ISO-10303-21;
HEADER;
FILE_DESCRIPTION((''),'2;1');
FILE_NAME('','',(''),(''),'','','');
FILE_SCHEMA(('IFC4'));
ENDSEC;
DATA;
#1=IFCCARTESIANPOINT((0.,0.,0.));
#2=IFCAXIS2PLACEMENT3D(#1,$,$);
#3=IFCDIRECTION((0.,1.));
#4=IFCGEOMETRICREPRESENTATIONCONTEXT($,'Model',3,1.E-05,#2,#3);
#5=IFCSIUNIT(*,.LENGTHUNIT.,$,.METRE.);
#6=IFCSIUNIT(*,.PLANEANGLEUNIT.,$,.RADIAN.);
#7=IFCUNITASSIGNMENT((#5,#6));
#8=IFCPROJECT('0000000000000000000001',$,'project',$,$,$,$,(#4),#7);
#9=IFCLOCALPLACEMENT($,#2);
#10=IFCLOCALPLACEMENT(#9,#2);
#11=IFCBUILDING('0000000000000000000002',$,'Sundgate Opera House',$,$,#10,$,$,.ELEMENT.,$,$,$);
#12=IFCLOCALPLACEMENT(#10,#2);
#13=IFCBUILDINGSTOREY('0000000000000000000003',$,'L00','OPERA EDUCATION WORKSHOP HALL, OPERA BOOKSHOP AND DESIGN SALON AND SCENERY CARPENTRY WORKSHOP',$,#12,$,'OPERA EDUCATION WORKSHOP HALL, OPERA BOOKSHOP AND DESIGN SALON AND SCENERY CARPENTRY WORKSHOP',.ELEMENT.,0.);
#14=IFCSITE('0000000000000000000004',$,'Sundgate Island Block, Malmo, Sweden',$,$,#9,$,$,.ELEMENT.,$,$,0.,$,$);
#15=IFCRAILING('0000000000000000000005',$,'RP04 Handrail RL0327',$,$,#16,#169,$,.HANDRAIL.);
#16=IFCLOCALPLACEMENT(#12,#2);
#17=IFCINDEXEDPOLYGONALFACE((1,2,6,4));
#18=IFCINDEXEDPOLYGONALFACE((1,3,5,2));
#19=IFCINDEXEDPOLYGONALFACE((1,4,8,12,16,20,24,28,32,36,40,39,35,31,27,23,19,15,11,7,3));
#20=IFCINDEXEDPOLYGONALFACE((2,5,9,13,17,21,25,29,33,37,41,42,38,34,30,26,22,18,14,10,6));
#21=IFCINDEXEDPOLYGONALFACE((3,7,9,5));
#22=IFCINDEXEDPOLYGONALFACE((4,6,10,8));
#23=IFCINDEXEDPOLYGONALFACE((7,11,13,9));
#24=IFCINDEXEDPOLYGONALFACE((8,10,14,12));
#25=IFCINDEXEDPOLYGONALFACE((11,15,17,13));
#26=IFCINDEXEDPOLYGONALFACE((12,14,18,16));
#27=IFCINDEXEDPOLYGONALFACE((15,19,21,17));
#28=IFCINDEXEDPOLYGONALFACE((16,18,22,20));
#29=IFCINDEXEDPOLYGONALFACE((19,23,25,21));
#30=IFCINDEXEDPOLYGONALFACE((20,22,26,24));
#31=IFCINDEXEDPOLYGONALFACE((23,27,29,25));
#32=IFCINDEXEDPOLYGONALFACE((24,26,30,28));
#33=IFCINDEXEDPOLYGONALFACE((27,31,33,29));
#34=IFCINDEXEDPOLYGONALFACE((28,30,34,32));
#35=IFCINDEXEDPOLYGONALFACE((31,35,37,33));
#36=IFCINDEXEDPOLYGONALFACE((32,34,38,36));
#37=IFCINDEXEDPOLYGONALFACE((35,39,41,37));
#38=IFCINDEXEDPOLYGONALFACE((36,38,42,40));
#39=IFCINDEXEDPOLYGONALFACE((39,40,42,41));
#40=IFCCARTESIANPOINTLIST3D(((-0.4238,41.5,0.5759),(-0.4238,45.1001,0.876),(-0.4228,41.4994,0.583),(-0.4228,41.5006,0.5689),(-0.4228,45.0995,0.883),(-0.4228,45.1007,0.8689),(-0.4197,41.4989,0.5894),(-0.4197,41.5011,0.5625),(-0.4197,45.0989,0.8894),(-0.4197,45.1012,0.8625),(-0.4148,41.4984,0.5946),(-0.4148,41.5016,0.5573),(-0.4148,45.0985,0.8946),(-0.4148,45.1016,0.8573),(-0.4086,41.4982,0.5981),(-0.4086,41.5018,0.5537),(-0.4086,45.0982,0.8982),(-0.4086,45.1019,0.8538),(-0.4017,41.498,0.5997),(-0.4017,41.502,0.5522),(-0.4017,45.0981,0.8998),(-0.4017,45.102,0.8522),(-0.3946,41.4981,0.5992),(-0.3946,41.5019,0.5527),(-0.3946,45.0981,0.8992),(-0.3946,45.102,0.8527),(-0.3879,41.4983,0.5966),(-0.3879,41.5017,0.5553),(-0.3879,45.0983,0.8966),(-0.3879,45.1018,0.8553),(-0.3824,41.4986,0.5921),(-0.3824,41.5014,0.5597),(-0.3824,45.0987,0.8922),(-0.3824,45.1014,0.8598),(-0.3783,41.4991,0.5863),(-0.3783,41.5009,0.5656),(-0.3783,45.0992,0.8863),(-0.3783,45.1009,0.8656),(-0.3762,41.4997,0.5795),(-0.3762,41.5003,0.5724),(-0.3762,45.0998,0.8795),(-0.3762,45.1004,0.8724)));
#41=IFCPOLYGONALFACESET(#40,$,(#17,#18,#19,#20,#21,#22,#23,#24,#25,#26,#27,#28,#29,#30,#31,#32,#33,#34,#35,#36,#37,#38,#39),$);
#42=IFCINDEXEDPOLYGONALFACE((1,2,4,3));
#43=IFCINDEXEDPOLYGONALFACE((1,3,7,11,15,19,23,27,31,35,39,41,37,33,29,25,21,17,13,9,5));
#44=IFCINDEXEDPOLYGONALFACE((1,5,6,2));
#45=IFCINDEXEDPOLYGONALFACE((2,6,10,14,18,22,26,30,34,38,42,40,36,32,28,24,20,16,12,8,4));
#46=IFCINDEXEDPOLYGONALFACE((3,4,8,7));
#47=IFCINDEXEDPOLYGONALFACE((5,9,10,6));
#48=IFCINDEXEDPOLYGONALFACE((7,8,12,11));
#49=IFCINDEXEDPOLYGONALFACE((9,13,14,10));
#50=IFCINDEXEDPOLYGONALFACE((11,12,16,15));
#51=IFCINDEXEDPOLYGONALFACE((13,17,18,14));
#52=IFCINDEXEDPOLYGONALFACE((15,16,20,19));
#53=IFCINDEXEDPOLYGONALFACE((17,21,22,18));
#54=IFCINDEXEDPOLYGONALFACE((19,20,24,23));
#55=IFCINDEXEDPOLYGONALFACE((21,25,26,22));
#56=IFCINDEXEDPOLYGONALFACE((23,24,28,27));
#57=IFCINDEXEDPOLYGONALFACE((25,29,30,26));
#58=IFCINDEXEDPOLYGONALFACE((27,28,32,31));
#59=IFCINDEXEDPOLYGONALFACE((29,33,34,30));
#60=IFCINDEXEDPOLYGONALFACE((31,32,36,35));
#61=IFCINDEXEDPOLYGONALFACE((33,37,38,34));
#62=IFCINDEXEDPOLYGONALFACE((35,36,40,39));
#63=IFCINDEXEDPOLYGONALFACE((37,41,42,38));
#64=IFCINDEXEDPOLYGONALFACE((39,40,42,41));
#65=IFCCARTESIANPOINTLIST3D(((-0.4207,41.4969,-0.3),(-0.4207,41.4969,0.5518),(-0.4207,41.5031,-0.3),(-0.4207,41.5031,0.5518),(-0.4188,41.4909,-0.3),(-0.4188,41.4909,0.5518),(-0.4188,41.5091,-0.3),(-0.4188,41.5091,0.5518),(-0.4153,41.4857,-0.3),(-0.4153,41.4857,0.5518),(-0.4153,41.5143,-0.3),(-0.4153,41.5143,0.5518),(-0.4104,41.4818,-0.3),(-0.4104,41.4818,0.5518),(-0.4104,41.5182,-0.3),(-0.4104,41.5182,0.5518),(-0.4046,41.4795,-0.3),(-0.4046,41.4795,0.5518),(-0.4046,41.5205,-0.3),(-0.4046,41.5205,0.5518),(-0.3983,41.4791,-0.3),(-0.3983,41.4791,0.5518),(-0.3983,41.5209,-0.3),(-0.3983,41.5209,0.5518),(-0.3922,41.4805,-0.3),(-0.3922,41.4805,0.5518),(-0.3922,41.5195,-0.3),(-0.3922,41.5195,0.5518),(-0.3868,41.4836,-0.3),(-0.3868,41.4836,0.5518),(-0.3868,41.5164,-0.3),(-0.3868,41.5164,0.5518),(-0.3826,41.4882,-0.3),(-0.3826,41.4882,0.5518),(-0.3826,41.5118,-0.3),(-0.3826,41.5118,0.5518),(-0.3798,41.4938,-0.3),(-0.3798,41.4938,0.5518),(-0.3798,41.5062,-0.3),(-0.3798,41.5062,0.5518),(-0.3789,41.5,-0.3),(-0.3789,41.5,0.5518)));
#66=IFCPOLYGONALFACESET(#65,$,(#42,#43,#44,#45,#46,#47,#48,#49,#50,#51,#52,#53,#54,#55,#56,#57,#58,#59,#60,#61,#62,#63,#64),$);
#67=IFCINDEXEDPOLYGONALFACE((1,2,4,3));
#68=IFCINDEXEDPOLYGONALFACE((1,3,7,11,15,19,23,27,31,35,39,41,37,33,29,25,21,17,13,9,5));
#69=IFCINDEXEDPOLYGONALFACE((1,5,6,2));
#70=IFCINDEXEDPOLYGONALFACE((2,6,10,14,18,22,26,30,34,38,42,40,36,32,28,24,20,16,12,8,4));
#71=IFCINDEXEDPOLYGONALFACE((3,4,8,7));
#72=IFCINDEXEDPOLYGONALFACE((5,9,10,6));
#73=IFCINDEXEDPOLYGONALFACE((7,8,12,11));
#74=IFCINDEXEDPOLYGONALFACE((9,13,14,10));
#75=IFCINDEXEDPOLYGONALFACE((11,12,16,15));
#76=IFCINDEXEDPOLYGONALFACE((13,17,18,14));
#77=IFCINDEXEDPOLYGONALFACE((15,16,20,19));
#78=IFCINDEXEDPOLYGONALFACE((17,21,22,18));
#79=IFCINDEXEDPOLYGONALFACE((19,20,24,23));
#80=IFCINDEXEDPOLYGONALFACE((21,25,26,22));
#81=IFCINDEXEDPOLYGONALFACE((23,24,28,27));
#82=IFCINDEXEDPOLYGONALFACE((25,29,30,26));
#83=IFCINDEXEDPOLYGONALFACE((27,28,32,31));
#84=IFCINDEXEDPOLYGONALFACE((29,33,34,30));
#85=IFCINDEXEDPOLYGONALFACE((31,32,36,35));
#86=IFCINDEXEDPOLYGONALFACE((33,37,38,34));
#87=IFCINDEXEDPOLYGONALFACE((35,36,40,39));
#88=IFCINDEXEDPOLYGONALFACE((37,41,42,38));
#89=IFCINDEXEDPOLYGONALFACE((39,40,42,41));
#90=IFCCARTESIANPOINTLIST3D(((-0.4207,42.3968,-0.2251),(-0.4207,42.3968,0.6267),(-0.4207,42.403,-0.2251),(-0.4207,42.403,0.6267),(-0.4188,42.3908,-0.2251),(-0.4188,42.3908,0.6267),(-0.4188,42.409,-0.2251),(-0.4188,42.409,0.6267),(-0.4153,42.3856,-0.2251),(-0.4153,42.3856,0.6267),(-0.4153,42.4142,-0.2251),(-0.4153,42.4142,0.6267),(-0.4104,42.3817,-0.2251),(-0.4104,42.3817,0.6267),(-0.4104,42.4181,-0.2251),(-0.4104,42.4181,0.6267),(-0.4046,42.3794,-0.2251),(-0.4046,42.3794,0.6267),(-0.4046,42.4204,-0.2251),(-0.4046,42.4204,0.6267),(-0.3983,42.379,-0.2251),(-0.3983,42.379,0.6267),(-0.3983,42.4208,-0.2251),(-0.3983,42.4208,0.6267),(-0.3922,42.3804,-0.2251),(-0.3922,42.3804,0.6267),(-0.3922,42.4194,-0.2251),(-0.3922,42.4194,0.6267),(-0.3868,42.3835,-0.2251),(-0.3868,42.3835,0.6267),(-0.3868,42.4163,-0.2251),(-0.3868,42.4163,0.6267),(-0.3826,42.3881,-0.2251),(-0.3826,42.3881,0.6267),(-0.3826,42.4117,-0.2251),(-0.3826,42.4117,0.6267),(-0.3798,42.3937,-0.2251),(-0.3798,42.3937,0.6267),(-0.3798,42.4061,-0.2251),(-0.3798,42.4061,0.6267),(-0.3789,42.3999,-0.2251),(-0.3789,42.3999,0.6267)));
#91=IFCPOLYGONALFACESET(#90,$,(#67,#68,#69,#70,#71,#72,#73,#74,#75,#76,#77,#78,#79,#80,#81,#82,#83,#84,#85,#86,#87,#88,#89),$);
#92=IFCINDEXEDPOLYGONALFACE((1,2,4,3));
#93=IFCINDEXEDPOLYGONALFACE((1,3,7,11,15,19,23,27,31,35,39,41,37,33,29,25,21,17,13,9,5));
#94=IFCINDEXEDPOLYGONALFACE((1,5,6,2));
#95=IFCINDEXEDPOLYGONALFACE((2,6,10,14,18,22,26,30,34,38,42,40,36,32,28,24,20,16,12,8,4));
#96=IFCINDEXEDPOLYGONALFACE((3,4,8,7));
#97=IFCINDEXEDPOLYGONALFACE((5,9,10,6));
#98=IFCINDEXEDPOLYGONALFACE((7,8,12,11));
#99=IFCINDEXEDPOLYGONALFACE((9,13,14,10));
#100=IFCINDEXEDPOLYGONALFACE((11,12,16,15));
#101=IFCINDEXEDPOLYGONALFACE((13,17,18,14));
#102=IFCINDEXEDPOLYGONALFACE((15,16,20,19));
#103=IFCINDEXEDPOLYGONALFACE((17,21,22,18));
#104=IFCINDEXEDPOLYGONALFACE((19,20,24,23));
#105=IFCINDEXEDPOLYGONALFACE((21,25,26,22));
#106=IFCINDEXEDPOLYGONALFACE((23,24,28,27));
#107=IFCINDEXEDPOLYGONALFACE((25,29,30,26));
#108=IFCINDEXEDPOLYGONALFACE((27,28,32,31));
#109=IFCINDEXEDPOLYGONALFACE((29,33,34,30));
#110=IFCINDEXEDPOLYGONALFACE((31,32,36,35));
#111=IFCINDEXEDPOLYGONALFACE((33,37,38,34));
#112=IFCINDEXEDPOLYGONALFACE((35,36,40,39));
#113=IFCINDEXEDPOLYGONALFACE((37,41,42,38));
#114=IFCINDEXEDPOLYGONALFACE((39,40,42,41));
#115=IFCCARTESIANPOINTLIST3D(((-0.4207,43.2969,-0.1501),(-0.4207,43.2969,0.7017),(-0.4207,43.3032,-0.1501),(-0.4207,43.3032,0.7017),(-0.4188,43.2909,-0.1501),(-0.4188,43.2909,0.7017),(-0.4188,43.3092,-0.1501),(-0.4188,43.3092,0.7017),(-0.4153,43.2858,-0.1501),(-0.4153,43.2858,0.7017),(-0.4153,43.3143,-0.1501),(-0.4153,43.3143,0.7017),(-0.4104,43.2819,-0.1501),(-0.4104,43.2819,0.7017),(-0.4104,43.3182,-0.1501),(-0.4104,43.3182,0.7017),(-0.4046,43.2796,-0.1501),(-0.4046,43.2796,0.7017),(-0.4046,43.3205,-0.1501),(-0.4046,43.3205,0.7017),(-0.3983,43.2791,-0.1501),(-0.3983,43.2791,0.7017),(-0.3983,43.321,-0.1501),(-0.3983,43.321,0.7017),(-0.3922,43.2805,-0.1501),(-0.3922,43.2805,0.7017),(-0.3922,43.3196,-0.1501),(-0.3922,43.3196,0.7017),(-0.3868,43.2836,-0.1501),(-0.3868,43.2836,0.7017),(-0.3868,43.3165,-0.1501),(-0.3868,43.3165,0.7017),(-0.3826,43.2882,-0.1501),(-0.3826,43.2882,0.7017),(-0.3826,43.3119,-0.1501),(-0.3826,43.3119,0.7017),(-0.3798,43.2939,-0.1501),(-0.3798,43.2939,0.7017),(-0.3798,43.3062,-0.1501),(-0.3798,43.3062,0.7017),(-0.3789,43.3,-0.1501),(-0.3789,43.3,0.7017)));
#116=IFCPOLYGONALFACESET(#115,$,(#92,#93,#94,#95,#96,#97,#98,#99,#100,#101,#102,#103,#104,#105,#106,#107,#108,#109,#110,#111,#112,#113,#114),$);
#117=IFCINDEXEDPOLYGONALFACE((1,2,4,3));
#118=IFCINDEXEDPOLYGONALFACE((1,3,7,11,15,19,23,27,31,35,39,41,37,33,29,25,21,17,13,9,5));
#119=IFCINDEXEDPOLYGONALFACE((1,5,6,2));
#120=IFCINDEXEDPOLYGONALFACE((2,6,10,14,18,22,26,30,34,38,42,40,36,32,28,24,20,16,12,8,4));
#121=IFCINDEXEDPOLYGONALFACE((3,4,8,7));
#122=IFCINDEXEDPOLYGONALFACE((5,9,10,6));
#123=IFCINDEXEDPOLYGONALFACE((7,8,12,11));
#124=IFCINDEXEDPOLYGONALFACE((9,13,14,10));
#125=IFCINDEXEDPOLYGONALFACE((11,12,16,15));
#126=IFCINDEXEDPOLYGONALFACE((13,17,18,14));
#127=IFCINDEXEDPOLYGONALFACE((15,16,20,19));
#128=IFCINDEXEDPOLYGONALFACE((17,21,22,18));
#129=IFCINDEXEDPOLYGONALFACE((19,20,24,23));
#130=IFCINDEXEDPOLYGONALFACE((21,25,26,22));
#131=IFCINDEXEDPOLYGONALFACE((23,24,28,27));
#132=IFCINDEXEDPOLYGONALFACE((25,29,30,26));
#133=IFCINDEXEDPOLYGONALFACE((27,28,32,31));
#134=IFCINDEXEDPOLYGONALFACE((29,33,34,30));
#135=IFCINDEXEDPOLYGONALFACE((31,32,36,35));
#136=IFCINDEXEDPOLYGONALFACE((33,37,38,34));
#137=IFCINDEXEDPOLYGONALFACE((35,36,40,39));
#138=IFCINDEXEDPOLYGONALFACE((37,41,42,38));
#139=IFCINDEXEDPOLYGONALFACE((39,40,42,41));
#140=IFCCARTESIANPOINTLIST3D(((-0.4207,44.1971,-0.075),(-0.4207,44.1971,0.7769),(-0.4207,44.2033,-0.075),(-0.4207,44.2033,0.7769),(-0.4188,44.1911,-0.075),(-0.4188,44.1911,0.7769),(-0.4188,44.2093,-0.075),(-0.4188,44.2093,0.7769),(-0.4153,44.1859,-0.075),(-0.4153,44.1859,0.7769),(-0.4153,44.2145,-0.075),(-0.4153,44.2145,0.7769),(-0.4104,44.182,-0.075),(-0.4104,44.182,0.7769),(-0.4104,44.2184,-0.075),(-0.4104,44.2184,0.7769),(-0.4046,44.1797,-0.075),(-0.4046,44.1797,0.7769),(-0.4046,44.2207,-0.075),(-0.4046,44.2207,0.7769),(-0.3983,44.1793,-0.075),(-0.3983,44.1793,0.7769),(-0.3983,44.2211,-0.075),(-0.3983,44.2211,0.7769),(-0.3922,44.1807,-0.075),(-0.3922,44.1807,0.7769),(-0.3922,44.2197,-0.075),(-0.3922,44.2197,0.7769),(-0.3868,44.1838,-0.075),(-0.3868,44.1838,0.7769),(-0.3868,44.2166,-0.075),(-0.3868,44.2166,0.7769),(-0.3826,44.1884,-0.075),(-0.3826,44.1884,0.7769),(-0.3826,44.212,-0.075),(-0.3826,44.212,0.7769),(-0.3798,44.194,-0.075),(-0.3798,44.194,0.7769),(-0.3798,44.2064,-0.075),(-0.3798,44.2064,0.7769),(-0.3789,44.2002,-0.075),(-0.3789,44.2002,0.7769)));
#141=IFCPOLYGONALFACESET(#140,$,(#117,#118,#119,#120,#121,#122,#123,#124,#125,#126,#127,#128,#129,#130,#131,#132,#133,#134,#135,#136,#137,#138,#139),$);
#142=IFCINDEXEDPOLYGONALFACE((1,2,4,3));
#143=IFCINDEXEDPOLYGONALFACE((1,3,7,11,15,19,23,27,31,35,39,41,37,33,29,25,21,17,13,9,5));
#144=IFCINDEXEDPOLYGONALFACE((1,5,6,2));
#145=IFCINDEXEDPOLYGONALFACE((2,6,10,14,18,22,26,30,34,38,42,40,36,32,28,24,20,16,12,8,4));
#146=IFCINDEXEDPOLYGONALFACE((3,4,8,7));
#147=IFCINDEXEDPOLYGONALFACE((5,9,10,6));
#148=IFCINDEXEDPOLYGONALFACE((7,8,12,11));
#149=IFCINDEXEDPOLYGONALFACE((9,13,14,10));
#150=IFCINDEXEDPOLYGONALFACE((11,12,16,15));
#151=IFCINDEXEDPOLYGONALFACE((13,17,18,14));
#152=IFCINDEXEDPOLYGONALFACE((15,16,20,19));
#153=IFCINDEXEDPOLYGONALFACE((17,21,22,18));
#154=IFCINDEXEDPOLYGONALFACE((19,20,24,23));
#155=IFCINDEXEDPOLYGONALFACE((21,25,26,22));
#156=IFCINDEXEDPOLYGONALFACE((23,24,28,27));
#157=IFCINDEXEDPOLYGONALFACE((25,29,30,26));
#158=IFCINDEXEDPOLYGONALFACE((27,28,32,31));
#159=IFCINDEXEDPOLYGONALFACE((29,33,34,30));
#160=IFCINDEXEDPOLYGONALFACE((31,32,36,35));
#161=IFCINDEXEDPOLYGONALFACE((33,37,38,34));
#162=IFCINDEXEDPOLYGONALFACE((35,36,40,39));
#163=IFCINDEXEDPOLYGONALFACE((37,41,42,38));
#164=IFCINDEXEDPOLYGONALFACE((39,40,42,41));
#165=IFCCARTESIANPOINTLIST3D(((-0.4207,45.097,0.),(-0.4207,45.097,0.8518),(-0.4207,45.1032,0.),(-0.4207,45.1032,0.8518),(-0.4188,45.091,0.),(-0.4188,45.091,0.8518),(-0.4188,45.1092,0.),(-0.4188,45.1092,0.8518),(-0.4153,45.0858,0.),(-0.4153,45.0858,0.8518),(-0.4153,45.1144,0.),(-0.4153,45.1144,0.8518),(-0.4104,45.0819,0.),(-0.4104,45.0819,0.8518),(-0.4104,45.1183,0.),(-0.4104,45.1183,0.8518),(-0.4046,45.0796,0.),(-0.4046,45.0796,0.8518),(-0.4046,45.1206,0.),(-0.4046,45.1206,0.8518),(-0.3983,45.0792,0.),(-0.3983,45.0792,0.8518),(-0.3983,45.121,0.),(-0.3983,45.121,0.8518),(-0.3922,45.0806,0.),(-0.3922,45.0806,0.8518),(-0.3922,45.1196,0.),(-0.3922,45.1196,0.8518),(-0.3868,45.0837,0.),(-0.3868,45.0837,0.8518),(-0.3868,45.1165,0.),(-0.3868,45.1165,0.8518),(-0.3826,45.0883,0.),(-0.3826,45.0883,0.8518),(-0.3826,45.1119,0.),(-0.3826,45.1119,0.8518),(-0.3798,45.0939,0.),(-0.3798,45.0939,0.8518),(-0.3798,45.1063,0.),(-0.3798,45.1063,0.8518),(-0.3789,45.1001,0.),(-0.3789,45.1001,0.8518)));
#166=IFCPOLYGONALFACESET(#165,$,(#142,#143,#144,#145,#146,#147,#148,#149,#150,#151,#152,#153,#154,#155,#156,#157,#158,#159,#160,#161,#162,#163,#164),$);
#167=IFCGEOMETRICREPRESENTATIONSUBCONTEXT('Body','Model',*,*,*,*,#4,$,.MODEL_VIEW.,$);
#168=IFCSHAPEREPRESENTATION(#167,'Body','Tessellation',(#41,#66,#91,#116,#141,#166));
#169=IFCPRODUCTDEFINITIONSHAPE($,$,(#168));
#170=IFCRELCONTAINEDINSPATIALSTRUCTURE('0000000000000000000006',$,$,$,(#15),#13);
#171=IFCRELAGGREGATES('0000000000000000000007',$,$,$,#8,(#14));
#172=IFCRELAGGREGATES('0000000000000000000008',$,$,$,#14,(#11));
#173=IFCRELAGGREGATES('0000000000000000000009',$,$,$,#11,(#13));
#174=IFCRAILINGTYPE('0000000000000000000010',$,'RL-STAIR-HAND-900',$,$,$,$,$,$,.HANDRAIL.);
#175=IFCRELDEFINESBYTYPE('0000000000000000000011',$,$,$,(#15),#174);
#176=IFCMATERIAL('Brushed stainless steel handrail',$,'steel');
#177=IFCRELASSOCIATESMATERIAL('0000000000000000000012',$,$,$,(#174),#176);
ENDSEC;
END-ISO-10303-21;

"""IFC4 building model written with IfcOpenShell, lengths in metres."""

from ifc_helpers import new_model, si_unit, direction, frame, origin, origin_2d, place, context, subcontext, project, spatial, circle, extrude, material, type_object, element, save


model = new_model("IFC4")

# Units and contexts
model_context = context("Model", 3, precision=1e-05, world=origin(), true_north=direction((0.0, 1.0)))
body_context = subcontext(model_context, "Body", "Model", "MODEL_VIEW")
ifc_project = project(units=[si_unit("LENGTHUNIT", "METRE"), si_unit("PLANEANGLEUNIT", "RADIAN")], contexts=[model_context])

# Site, building, storey
site_placement = place(None, origin())
site = spatial("IfcSite", under=ifc_project, at=site_placement, Name="Sundgate Island Block, Malmo, Sweden", CompositionType="ELEMENT", RefElevation=0.0)
building_placement = place(site_placement, origin())
building = spatial("IfcBuilding", under=site, at=building_placement, Name="Sundgate Opera House", CompositionType="ELEMENT")
storey_placement = place(building_placement, origin())
storey = spatial("IfcBuildingStorey", under=building, at=storey_placement, Name="L00", Description="OPERA EDUCATION WORKSHOP HALL, OPERA BOOKSHOP AND DESIGN SALON AND SCENERY CARPENTRY WORKSHOP", LongName="OPERA EDUCATION WORKSHOP HALL, OPERA BOOKSHOP AND DESIGN SALON AND SCENERY CARPENTRY WORKSHOP", CompositionType="ELEMENT", Elevation=0.0)

# Railing
ifc_material_1 = material(Name="Brushed stainless steel handrail", Category="steel")
railing_type = type_object("IfcRailingType", Name="RL-STAIR-HAND-900", PredefinedType="HANDRAIL", material=ifc_material_1)
for number, where, name in (
    (1, (-0.3999, 41.5, -0.3), "RP04 Handrail RL0327"),
):
    element("IfcRailing", number, at=place(storey_placement, frame(where)), inside=storey, type_object=railing_type, Name=name, PredefinedType="HANDRAIL", context=body_context, shape_type="SweptSolid", body=[
        extrude(circle(Radius=0.0239, at=origin_2d()), frame((0.0, 0.0, 0.876), z_axis=(0.0, 0.996545, 0.083057), x_axis=(-1.0, 0.0, 0.0)), (0.0, 0.0, 1.0), 3.6125),
        extrude(circle(Radius=0.021, at=origin_2d()), origin(), (0.0, 0.0, 1.0), 0.8518),
        extrude(circle(Radius=0.021, at=origin_2d()), frame((0.0, 0.8999, 0.075)), (0.0, 0.0, 1.0), 0.8518),
        extrude(circle(Radius=0.021, at=origin_2d()), frame((0.0, 1.8, 0.1499)), (0.0, 0.0, 1.0), 0.8518),
        extrude(circle(Radius=0.021, at=origin_2d()), frame((0.0, 2.7002, 0.2251)), (0.0, 0.0, 1.0), 0.8518),
        extrude(circle(Radius=0.021, at=origin_2d()), frame((0.0, 3.6001, 0.3)), (0.0, 0.0, 1.0), 0.8518),
    ])

save(model, "model.ifc")
